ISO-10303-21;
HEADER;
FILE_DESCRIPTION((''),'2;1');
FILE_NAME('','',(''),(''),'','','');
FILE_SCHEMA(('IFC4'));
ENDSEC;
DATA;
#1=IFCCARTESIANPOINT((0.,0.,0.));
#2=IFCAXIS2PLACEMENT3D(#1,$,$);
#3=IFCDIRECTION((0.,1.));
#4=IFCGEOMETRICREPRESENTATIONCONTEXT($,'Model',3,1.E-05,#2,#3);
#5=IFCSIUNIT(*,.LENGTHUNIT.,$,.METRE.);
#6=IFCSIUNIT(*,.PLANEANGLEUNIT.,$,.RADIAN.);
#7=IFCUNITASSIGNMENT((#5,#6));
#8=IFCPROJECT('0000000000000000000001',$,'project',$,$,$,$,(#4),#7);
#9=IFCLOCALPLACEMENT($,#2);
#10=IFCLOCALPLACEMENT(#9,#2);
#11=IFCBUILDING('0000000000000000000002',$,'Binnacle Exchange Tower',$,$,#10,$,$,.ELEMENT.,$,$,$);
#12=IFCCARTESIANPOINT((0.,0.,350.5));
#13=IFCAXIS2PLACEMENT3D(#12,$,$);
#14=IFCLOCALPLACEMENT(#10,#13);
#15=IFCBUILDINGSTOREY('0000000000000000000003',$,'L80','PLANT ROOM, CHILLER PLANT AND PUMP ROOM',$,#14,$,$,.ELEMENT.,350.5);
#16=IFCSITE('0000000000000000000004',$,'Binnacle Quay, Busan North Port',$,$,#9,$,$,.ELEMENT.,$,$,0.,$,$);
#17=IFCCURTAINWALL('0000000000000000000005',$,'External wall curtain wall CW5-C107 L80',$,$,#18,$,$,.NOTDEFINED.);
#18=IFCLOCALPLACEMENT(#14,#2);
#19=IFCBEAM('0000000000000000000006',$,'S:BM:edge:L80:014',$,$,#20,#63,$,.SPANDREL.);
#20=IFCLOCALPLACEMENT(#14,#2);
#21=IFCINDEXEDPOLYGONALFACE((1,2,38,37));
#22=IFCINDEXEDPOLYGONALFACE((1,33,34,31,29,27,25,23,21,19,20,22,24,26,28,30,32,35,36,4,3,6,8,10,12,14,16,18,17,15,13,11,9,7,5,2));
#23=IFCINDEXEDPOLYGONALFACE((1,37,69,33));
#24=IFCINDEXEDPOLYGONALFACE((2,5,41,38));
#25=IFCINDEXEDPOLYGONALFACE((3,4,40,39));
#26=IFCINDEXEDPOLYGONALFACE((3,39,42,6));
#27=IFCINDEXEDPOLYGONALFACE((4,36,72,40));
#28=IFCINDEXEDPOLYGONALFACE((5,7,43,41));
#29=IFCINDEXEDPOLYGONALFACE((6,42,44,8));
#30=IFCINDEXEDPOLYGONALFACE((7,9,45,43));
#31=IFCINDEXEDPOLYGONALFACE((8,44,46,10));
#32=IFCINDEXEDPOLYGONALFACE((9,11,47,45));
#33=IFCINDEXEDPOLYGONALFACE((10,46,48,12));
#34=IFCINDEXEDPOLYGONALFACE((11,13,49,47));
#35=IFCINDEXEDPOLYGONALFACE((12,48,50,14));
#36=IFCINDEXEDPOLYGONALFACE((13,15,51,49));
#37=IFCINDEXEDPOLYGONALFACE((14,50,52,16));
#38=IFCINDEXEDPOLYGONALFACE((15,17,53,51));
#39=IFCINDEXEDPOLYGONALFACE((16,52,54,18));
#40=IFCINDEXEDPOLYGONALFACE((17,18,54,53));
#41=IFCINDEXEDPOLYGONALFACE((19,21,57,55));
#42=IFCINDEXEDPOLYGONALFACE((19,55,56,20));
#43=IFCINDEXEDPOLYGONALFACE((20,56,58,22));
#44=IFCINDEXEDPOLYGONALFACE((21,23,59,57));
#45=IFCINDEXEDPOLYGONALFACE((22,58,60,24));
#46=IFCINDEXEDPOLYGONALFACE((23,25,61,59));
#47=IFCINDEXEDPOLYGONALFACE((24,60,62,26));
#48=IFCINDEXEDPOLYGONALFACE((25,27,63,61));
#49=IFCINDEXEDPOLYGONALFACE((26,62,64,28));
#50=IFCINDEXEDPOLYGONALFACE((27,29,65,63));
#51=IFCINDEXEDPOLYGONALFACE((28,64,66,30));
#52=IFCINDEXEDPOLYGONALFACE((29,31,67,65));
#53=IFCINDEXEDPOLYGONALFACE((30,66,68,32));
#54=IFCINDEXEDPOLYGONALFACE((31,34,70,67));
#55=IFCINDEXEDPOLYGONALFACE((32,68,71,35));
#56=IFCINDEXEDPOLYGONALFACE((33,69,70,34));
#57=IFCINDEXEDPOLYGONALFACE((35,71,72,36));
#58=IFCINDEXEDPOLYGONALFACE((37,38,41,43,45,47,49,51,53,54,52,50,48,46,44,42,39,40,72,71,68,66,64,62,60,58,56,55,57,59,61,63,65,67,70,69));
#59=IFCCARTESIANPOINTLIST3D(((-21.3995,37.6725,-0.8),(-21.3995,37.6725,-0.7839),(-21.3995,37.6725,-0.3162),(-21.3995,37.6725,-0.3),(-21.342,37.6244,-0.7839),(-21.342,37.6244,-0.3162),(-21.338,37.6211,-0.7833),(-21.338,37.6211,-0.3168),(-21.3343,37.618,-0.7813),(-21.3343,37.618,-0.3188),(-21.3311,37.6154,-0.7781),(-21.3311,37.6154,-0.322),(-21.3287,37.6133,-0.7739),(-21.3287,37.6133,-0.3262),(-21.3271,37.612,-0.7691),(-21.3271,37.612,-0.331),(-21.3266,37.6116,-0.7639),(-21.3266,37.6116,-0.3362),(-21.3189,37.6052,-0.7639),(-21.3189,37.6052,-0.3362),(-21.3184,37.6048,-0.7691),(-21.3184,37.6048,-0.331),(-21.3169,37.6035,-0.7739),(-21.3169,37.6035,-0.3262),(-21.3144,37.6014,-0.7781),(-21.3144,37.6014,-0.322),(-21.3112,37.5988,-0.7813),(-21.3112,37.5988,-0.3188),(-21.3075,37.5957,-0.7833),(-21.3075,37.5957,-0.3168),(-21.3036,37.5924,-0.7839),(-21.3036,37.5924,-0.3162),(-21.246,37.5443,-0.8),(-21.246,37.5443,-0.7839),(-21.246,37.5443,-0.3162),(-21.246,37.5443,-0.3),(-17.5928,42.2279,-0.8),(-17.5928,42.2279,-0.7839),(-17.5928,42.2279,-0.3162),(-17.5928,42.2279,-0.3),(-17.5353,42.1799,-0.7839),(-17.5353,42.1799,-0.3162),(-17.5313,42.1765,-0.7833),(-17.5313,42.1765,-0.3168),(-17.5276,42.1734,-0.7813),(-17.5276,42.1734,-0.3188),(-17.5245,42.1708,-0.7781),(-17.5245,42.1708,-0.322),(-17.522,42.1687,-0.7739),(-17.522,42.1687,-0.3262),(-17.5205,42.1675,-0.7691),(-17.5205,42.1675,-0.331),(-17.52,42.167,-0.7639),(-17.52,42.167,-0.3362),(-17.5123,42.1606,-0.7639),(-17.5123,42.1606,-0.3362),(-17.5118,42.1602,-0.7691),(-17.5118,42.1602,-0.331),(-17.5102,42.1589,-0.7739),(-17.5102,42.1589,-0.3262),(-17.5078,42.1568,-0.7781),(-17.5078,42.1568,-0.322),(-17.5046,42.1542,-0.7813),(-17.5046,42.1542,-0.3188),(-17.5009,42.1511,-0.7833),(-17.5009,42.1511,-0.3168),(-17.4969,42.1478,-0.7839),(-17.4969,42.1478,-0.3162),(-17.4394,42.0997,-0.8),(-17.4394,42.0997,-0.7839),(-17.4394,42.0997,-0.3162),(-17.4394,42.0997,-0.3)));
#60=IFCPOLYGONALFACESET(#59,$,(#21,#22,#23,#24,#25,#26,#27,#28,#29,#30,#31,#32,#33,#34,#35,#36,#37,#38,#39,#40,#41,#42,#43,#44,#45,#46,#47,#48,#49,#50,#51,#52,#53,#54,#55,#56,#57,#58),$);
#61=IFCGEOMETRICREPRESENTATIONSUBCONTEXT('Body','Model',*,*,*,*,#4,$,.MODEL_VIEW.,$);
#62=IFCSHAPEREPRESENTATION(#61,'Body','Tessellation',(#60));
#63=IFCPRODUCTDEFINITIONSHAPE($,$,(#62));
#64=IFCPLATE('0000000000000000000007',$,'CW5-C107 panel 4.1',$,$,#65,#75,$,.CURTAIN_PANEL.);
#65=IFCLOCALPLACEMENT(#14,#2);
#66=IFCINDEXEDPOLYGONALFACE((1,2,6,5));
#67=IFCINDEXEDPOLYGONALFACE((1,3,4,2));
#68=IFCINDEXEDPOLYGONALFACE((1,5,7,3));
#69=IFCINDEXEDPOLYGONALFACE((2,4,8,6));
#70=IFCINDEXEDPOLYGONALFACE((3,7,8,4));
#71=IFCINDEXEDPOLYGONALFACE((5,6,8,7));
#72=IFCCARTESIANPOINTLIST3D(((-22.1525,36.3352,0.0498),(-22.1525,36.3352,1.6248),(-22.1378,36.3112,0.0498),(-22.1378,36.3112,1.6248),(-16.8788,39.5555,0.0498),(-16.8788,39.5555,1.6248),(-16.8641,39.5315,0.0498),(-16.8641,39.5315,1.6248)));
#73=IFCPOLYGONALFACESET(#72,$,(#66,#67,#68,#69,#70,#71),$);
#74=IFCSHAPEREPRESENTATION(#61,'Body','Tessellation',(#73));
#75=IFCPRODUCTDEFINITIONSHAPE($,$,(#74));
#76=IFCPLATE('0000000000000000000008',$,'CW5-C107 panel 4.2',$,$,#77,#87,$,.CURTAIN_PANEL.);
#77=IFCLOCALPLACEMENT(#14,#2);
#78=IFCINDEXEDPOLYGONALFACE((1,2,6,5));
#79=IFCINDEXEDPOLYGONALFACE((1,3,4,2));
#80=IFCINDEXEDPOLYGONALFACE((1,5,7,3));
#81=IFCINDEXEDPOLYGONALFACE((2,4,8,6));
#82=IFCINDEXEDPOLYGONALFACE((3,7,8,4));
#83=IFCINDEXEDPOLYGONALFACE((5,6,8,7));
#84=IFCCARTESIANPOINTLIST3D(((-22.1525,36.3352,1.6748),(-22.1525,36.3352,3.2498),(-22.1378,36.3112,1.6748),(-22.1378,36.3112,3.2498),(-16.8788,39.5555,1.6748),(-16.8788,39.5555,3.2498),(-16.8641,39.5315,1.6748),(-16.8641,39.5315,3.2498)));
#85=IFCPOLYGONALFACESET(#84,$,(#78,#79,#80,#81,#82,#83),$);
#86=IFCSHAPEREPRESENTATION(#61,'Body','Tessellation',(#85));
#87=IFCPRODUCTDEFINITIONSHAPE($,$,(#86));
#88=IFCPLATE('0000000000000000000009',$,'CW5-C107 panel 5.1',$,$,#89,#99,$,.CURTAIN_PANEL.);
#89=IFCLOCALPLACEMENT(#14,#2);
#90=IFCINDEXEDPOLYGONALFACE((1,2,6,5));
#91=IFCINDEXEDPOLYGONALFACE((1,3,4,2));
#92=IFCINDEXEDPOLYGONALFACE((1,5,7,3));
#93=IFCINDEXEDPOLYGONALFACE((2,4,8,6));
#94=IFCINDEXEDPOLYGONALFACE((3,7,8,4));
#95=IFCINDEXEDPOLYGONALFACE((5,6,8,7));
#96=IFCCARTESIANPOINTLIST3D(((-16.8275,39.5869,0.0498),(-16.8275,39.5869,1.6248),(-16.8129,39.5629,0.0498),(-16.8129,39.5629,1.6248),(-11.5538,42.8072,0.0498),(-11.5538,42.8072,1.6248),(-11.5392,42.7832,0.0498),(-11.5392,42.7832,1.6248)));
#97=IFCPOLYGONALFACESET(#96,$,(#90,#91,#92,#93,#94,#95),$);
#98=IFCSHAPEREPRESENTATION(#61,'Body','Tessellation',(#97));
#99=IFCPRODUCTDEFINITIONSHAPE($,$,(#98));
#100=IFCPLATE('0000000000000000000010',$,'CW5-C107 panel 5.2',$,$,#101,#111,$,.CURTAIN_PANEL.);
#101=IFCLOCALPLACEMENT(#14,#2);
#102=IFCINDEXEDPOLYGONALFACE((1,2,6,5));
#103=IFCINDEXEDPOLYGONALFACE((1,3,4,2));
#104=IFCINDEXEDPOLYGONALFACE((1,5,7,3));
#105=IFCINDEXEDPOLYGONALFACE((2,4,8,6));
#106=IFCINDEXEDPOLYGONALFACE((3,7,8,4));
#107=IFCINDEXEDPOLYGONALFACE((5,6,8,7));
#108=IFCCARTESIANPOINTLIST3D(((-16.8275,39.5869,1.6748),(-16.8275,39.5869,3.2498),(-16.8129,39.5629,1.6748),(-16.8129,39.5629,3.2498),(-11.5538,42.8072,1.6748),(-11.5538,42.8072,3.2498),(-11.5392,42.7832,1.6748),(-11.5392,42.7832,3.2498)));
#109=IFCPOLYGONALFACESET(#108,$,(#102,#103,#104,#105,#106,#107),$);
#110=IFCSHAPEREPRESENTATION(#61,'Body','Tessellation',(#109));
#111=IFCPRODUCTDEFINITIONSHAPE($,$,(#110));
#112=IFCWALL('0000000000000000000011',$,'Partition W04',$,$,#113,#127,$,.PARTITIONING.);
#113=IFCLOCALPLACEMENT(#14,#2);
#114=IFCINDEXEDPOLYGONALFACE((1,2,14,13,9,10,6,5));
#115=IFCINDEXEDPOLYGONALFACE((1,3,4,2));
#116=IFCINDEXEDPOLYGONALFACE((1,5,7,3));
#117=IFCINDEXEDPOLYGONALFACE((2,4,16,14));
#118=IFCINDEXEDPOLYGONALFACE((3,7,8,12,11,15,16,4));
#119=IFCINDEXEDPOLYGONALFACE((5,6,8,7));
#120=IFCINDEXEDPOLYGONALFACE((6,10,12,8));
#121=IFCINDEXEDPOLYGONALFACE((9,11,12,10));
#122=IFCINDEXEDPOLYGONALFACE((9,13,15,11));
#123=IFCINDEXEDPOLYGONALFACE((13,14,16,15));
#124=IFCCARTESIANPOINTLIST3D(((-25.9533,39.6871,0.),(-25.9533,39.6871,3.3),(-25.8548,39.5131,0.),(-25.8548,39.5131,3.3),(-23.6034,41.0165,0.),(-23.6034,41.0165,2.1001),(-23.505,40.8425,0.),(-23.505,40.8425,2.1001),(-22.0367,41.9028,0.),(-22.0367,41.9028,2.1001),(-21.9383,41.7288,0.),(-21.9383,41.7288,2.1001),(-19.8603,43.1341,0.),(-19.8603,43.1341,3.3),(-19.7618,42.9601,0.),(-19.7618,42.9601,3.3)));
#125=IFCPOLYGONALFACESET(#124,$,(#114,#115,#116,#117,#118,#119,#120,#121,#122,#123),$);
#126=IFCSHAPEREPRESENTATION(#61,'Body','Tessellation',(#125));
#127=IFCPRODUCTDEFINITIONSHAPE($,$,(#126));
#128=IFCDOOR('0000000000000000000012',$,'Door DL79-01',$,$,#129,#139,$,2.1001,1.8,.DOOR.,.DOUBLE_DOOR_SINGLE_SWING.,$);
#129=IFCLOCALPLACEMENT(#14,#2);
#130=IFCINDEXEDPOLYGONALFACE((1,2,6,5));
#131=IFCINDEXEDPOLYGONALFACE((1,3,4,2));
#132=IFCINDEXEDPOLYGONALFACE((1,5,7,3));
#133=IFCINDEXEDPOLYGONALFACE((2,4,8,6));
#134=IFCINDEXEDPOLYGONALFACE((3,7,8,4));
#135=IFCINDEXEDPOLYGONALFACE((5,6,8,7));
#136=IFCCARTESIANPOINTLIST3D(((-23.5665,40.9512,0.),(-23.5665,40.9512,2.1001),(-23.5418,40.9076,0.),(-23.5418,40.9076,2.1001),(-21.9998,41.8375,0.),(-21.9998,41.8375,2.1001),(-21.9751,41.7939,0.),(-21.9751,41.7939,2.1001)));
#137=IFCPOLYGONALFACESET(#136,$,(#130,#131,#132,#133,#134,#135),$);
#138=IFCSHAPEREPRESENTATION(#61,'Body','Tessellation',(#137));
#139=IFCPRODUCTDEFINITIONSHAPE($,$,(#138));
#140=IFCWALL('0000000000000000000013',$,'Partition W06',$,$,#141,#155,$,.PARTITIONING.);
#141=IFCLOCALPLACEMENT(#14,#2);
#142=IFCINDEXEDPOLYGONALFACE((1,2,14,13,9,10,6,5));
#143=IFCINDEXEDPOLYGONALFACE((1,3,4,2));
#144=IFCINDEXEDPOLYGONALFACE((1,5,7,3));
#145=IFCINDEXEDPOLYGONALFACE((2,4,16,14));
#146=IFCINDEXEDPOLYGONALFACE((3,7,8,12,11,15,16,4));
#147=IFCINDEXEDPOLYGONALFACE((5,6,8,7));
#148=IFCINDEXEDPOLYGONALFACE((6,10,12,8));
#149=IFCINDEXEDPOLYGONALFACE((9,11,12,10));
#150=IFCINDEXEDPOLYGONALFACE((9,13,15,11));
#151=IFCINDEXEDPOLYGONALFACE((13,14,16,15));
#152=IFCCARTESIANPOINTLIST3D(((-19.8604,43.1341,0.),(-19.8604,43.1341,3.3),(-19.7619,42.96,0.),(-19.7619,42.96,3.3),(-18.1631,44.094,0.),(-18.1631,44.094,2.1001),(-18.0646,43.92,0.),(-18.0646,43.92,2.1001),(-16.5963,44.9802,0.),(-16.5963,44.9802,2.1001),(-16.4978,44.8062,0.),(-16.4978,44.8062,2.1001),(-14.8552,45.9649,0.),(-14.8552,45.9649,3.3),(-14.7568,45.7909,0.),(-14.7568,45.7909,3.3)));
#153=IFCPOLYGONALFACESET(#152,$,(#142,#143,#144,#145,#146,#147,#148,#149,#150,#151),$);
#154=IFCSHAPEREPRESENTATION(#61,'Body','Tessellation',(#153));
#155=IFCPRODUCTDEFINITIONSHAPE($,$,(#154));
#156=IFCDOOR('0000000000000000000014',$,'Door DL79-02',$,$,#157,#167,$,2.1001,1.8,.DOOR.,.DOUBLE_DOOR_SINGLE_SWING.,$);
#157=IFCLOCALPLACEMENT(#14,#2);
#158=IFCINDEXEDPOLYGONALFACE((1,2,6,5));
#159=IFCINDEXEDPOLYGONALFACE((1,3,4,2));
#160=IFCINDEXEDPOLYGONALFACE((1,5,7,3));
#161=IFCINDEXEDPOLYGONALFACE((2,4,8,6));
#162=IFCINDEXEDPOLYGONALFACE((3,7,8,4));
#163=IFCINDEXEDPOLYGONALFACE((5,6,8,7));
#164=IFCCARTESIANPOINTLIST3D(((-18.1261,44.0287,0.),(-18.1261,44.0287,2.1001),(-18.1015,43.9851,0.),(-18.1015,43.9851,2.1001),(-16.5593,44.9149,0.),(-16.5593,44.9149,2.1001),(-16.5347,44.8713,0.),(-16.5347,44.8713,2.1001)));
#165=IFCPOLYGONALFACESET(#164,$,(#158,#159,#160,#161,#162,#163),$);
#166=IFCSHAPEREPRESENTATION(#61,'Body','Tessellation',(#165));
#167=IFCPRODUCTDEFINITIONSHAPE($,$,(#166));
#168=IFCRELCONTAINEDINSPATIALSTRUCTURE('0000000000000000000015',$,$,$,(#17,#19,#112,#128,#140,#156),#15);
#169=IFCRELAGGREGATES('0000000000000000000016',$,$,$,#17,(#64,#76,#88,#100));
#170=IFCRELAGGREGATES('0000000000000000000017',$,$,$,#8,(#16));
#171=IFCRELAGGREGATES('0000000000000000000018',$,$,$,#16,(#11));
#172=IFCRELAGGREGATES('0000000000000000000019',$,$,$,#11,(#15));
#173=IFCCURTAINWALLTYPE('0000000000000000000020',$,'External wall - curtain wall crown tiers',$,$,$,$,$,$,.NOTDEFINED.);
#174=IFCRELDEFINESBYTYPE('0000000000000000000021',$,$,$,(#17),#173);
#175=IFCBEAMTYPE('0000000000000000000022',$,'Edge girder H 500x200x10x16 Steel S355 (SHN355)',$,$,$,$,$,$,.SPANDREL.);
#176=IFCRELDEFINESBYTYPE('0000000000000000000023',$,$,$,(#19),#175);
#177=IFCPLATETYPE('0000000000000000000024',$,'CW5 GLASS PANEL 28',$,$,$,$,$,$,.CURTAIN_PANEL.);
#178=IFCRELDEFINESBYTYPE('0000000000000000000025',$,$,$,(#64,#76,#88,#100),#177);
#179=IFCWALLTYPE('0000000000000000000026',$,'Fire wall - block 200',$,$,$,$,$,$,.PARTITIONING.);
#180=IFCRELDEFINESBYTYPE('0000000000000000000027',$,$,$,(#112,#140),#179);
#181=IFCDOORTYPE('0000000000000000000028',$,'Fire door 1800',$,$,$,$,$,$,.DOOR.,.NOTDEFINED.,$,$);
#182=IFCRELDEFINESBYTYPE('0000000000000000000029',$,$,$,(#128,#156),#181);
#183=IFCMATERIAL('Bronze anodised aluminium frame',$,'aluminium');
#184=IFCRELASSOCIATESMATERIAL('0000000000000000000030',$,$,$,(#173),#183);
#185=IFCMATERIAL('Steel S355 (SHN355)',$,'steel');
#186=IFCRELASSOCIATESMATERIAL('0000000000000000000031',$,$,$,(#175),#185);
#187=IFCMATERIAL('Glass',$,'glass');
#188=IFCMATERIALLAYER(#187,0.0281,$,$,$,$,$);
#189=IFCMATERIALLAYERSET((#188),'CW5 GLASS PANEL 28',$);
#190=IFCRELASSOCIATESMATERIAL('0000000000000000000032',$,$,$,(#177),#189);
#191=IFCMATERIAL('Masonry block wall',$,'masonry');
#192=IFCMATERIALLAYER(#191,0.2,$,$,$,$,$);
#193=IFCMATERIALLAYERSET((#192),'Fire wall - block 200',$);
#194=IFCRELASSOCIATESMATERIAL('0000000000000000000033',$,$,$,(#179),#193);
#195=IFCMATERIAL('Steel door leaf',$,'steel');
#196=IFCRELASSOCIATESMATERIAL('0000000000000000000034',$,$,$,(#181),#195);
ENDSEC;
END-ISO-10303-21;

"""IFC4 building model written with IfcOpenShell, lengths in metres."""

from ifc_helpers import new_model, si_unit, direction, frame, frame_2d, origin, origin_2d, place, context, subcontext, project, spatial, rectangle, i_section, extrude, material, layer, layer_set, material_profile, profile_set, type_object, element, fill, aggregate, save


model = new_model("IFC4")

# Units and contexts
model_context = context("Model", 3, precision=1e-05, world=origin(), true_north=direction((0.0, 1.0)))
body_context = subcontext(model_context, "Body", "Model", "MODEL_VIEW")
ifc_project = project(units=[si_unit("LENGTHUNIT", "METRE"), si_unit("PLANEANGLEUNIT", "RADIAN")], contexts=[model_context])

# Site, building, storey
site_placement = place(None, origin())
site = spatial("IfcSite", under=ifc_project, at=site_placement, Name="Binnacle Quay, Busan North Port", CompositionType="ELEMENT", RefElevation=0.0)
building_placement = place(site_placement, origin())
building = spatial("IfcBuilding", under=site, at=building_placement, Name="Binnacle Exchange Tower", CompositionType="ELEMENT")
storey_placement = place(building_placement, frame((0.0, 0.0, 350.5)))
storey = spatial("IfcBuildingStorey", under=building, at=storey_placement, Name="L80", Description="PLANT ROOM, CHILLER PLANT AND PUMP ROOM", CompositionType="ELEMENT", Elevation=350.5)

# Shared definitions
ifc_material_1 = material(Name="Steel S355 (SHN355)", Category="steel")

# Curtain wall
ifc_material_2 = material(Name="Bronze anodised aluminium frame", Category="aluminium")
curtain_wall_type = type_object("IfcCurtainWallType", Name="External wall - curtain wall crown tiers", PredefinedType="NOTDEFINED", material=ifc_material_2)
curtain_wall_placement = place(storey_placement, origin())
curtain_wall = element("IfcCurtainWall", 1, at=curtain_wall_placement, inside=storey, type_object=curtain_wall_type, Name="External wall curtain wall CW5-C107 L80", PredefinedType="NOTDEFINED")

# Beam
ifc_material_profile_1 = material_profile(ifc_material_1, i_section(OverallWidth=0.2, OverallDepth=0.5, WebThickness=0.01, FlangeThickness=0.0161, FilletRadius=0.02, at=origin_2d()), Name="H 500x200x10x16")
ifc_profile_set_1 = profile_set([ifc_material_profile_1], Name="Steel S355 (SHN355)")
beam_type_1 = type_object("IfcBeamType", Name="Edge girder H 500x200x10x16 Steel S355 (SHN355)", PredefinedType="SPANDREL", material=ifc_profile_set_1)
beam_1_placement = place(storey_placement, frame((-21.3228, 37.6084, -0.55), z_axis=(0.641223, 0.767354, 0.0), x_axis=(-0.767354, 0.641223, 0.0)))
element("IfcBeam", 2, at=beam_1_placement, inside=storey, type_object=beam_type_1, Name="S:BM:edge:L80:014", PredefinedType="SPANDREL", context=body_context, shape_type="SweptSolid", body=[
    extrude(i_section(OverallWidth=0.2, OverallDepth=0.5, WebThickness=0.01, FlangeThickness=0.0161, FilletRadius=0.02, at=origin_2d()), origin(), (0.0, 0.0, 1.0), 5.9365),
])

# Plates
ifc_material_3 = material(Name="Glass", Category="glass")
ifc_layer_1 = layer(ifc_material_3, 0.0281)
ifc_layer_set_1 = layer_set([ifc_layer_1], Name="CW5 GLASS PANEL 28")
plate_type = type_object("IfcPlateType", Name="CW5 GLASS PANEL 28", PredefinedType="CURTAIN_PANEL", material=ifc_layer_set_1)
plate_1_placement = place(storey_placement, frame((-19.5083, 37.9333, 0.0498), z_axis=(0.0, 0.0, 1.0), x_axis=(0.853461, 0.521157, 0.0)))
plate_1 = element("IfcPlate", 3, at=plate_1_placement, type_object=plate_type, Name="CW5-C107 panel 4.1", PredefinedType="CURTAIN_PANEL", context=body_context, shape_type="SweptSolid", body=[
    extrude(rectangle(XDim=6.1792, YDim=0.0281, at=origin_2d()), origin(), (0.0, 0.0, 1.0), 1.575),
])
plate_2_placement = place(storey_placement, frame((-19.5083, 37.9333, 1.6748), z_axis=(0.0, 0.0, 1.0), x_axis=(0.853461, 0.521157, 0.0)))
plate_2 = element("IfcPlate", 4, at=plate_2_placement, type_object=plate_type, Name="CW5-C107 panel 4.2", PredefinedType="CURTAIN_PANEL", context=body_context, shape_type="SweptSolid", body=[
    extrude(rectangle(XDim=6.1792, YDim=0.0281, at=origin_2d()), origin(), (0.0, 0.0, 1.0), 1.575),
])
plate_3_placement = place(storey_placement, frame((-14.1833, 41.1851, 0.0498), z_axis=(0.0, 0.0, 1.0), x_axis=(0.853461, 0.521157, 0.0)))
plate_3 = element("IfcPlate", 5, at=plate_3_placement, type_object=plate_type, Name="CW5-C107 panel 5.1", PredefinedType="CURTAIN_PANEL", context=body_context, shape_type="SweptSolid", body=[
    extrude(rectangle(XDim=6.1792, YDim=0.0281, at=origin_2d()), origin(), (0.0, 0.0, 1.0), 1.575),
])
plate_4_placement = place(storey_placement, frame((-14.1833, 41.1851, 1.6748), z_axis=(0.0, 0.0, 1.0), x_axis=(0.853461, 0.521157, 0.0)))
plate_4 = element("IfcPlate", 6, at=plate_4_placement, type_object=plate_type, Name="CW5-C107 panel 5.2", PredefinedType="CURTAIN_PANEL", context=body_context, shape_type="SweptSolid", body=[
    extrude(rectangle(XDim=6.1792, YDim=0.0281, at=origin_2d()), origin(), (0.0, 0.0, 1.0), 1.575),
])
aggregate(curtain_wall, [plate_1, plate_2, plate_3, plate_4])

# Walls, openings, doors
ifc_material_4 = material(Name="Masonry block wall", Category="masonry")
ifc_layer_2 = layer(ifc_material_4, 0.2)
ifc_layer_set_2 = layer_set([ifc_layer_2], Name="Fire wall - block 200")
wall_type = type_object("IfcWallType", Name="Fire wall - block 200", PredefinedType="PARTITIONING", material=ifc_layer_set_2)
wall_1_placement = place(storey_placement, frame((-25.9041, 39.6001, 0.0), z_axis=(0.0, 0.0, 1.0), x_axis=(0.870371, 0.492397, 0.0)))
wall_1 = element("IfcWall", 7, at=wall_1_placement, inside=storey, type_object=wall_type, Name="Partition W04", PredefinedType="PARTITIONING", context=body_context, shape_type="SweptSolid", body=[
    extrude(rectangle(XDim=7.0005, YDim=0.2, at=frame_2d((3.5002, 0.0))), origin(), (0.0, 0.0, 1.0), 3.3),
])
opening_1_placement = place(wall_1_placement, frame((2.7, 0.0, 0.0)))
opening_1 = element("IfcOpeningElement", 8, at=opening_1_placement, cuts=wall_1, PredefinedType="OPENING", context=body_context, shape_type="SweptSolid", body=[
    extrude(rectangle(XDim=1.8, YDim=2.1001, at=frame_2d((0.8999, 1.05))), frame((0.0, 0.1099, 0.0), z_axis=(0.0, -1.0, 0.0), x_axis=(1.0, 0.0, 0.0)), (0.0, 0.0, 1.0), 0.22),
])
ifc_material_5 = material(Name="Steel door leaf", Category="steel")
door_type = type_object("IfcDoorType", Name="Fire door 1800", OperationType="NOTDEFINED", PredefinedType="DOOR", material=ifc_material_5)
door_1_placement = place(opening_1_placement, origin())
door_1 = element("IfcDoor", 9, at=door_1_placement, inside=storey, type_object=door_type, Name="Door DL79-01", OperationType="DOUBLE_DOOR_SINGLE_SWING", OverallHeight=2.1001, OverallWidth=1.8, PredefinedType="DOOR", context=body_context, shape_type="SweptSolid", body=[
    extrude(rectangle(XDim=1.8, YDim=2.1001, at=frame_2d((0.8999, 1.05))), frame((0.0, 0.0249, 0.0), z_axis=(0.0, -1.0, 0.0), x_axis=(1.0, 0.0, 0.0)), (0.0, 0.0, 1.0), 0.05),
])
fill(opening_1, door_1)
wall_2_placement = place(storey_placement, frame((-19.811, 43.0471, 0.0), z_axis=(0.0, 0.0, 1.0), x_axis=(0.870427, 0.492298, 0.0)))
wall_2 = element("IfcWall", 10, at=wall_2_placement, inside=storey, type_object=wall_type, Name="Partition W06", PredefinedType="PARTITIONING", context=body_context, shape_type="SweptSolid", body=[
    extrude(rectangle(XDim=5.7502, YDim=0.2, at=frame_2d((2.875, 0.0))), origin(), (0.0, 0.0, 1.0), 3.3),
])
opening_2_placement = place(wall_2_placement, frame((1.95, 0.0, 0.0)))
opening_2 = element("IfcOpeningElement", 11, at=opening_2_placement, cuts=wall_2, PredefinedType="OPENING", context=body_context, shape_type="SweptSolid", body=[
    extrude(rectangle(XDim=1.8, YDim=2.1001, at=frame_2d((0.8999, 1.05))), frame((0.0, 0.1099, 0.0), z_axis=(0.0, -1.0, 0.0), x_axis=(1.0, 0.0, 0.0)), (0.0, 0.0, 1.0), 0.22),
])
door_2_placement = place(opening_2_placement, origin())
door_2 = element("IfcDoor", 12, at=door_2_placement, inside=storey, type_object=door_type, Name="Door DL79-02", OperationType="DOUBLE_DOOR_SINGLE_SWING", OverallHeight=2.1001, OverallWidth=1.8, PredefinedType="DOOR", context=body_context, shape_type="SweptSolid", body=[
    extrude(rectangle(XDim=1.8, YDim=2.1001, at=frame_2d((0.8999, 1.05))), frame((0.0, 0.0249, 0.0), z_axis=(0.0, -1.0, 0.0), x_axis=(1.0, 0.0, 0.0)), (0.0, 0.0, 1.0), 0.05),
])
fill(opening_2, door_2)

save(model, "model.ifc")
